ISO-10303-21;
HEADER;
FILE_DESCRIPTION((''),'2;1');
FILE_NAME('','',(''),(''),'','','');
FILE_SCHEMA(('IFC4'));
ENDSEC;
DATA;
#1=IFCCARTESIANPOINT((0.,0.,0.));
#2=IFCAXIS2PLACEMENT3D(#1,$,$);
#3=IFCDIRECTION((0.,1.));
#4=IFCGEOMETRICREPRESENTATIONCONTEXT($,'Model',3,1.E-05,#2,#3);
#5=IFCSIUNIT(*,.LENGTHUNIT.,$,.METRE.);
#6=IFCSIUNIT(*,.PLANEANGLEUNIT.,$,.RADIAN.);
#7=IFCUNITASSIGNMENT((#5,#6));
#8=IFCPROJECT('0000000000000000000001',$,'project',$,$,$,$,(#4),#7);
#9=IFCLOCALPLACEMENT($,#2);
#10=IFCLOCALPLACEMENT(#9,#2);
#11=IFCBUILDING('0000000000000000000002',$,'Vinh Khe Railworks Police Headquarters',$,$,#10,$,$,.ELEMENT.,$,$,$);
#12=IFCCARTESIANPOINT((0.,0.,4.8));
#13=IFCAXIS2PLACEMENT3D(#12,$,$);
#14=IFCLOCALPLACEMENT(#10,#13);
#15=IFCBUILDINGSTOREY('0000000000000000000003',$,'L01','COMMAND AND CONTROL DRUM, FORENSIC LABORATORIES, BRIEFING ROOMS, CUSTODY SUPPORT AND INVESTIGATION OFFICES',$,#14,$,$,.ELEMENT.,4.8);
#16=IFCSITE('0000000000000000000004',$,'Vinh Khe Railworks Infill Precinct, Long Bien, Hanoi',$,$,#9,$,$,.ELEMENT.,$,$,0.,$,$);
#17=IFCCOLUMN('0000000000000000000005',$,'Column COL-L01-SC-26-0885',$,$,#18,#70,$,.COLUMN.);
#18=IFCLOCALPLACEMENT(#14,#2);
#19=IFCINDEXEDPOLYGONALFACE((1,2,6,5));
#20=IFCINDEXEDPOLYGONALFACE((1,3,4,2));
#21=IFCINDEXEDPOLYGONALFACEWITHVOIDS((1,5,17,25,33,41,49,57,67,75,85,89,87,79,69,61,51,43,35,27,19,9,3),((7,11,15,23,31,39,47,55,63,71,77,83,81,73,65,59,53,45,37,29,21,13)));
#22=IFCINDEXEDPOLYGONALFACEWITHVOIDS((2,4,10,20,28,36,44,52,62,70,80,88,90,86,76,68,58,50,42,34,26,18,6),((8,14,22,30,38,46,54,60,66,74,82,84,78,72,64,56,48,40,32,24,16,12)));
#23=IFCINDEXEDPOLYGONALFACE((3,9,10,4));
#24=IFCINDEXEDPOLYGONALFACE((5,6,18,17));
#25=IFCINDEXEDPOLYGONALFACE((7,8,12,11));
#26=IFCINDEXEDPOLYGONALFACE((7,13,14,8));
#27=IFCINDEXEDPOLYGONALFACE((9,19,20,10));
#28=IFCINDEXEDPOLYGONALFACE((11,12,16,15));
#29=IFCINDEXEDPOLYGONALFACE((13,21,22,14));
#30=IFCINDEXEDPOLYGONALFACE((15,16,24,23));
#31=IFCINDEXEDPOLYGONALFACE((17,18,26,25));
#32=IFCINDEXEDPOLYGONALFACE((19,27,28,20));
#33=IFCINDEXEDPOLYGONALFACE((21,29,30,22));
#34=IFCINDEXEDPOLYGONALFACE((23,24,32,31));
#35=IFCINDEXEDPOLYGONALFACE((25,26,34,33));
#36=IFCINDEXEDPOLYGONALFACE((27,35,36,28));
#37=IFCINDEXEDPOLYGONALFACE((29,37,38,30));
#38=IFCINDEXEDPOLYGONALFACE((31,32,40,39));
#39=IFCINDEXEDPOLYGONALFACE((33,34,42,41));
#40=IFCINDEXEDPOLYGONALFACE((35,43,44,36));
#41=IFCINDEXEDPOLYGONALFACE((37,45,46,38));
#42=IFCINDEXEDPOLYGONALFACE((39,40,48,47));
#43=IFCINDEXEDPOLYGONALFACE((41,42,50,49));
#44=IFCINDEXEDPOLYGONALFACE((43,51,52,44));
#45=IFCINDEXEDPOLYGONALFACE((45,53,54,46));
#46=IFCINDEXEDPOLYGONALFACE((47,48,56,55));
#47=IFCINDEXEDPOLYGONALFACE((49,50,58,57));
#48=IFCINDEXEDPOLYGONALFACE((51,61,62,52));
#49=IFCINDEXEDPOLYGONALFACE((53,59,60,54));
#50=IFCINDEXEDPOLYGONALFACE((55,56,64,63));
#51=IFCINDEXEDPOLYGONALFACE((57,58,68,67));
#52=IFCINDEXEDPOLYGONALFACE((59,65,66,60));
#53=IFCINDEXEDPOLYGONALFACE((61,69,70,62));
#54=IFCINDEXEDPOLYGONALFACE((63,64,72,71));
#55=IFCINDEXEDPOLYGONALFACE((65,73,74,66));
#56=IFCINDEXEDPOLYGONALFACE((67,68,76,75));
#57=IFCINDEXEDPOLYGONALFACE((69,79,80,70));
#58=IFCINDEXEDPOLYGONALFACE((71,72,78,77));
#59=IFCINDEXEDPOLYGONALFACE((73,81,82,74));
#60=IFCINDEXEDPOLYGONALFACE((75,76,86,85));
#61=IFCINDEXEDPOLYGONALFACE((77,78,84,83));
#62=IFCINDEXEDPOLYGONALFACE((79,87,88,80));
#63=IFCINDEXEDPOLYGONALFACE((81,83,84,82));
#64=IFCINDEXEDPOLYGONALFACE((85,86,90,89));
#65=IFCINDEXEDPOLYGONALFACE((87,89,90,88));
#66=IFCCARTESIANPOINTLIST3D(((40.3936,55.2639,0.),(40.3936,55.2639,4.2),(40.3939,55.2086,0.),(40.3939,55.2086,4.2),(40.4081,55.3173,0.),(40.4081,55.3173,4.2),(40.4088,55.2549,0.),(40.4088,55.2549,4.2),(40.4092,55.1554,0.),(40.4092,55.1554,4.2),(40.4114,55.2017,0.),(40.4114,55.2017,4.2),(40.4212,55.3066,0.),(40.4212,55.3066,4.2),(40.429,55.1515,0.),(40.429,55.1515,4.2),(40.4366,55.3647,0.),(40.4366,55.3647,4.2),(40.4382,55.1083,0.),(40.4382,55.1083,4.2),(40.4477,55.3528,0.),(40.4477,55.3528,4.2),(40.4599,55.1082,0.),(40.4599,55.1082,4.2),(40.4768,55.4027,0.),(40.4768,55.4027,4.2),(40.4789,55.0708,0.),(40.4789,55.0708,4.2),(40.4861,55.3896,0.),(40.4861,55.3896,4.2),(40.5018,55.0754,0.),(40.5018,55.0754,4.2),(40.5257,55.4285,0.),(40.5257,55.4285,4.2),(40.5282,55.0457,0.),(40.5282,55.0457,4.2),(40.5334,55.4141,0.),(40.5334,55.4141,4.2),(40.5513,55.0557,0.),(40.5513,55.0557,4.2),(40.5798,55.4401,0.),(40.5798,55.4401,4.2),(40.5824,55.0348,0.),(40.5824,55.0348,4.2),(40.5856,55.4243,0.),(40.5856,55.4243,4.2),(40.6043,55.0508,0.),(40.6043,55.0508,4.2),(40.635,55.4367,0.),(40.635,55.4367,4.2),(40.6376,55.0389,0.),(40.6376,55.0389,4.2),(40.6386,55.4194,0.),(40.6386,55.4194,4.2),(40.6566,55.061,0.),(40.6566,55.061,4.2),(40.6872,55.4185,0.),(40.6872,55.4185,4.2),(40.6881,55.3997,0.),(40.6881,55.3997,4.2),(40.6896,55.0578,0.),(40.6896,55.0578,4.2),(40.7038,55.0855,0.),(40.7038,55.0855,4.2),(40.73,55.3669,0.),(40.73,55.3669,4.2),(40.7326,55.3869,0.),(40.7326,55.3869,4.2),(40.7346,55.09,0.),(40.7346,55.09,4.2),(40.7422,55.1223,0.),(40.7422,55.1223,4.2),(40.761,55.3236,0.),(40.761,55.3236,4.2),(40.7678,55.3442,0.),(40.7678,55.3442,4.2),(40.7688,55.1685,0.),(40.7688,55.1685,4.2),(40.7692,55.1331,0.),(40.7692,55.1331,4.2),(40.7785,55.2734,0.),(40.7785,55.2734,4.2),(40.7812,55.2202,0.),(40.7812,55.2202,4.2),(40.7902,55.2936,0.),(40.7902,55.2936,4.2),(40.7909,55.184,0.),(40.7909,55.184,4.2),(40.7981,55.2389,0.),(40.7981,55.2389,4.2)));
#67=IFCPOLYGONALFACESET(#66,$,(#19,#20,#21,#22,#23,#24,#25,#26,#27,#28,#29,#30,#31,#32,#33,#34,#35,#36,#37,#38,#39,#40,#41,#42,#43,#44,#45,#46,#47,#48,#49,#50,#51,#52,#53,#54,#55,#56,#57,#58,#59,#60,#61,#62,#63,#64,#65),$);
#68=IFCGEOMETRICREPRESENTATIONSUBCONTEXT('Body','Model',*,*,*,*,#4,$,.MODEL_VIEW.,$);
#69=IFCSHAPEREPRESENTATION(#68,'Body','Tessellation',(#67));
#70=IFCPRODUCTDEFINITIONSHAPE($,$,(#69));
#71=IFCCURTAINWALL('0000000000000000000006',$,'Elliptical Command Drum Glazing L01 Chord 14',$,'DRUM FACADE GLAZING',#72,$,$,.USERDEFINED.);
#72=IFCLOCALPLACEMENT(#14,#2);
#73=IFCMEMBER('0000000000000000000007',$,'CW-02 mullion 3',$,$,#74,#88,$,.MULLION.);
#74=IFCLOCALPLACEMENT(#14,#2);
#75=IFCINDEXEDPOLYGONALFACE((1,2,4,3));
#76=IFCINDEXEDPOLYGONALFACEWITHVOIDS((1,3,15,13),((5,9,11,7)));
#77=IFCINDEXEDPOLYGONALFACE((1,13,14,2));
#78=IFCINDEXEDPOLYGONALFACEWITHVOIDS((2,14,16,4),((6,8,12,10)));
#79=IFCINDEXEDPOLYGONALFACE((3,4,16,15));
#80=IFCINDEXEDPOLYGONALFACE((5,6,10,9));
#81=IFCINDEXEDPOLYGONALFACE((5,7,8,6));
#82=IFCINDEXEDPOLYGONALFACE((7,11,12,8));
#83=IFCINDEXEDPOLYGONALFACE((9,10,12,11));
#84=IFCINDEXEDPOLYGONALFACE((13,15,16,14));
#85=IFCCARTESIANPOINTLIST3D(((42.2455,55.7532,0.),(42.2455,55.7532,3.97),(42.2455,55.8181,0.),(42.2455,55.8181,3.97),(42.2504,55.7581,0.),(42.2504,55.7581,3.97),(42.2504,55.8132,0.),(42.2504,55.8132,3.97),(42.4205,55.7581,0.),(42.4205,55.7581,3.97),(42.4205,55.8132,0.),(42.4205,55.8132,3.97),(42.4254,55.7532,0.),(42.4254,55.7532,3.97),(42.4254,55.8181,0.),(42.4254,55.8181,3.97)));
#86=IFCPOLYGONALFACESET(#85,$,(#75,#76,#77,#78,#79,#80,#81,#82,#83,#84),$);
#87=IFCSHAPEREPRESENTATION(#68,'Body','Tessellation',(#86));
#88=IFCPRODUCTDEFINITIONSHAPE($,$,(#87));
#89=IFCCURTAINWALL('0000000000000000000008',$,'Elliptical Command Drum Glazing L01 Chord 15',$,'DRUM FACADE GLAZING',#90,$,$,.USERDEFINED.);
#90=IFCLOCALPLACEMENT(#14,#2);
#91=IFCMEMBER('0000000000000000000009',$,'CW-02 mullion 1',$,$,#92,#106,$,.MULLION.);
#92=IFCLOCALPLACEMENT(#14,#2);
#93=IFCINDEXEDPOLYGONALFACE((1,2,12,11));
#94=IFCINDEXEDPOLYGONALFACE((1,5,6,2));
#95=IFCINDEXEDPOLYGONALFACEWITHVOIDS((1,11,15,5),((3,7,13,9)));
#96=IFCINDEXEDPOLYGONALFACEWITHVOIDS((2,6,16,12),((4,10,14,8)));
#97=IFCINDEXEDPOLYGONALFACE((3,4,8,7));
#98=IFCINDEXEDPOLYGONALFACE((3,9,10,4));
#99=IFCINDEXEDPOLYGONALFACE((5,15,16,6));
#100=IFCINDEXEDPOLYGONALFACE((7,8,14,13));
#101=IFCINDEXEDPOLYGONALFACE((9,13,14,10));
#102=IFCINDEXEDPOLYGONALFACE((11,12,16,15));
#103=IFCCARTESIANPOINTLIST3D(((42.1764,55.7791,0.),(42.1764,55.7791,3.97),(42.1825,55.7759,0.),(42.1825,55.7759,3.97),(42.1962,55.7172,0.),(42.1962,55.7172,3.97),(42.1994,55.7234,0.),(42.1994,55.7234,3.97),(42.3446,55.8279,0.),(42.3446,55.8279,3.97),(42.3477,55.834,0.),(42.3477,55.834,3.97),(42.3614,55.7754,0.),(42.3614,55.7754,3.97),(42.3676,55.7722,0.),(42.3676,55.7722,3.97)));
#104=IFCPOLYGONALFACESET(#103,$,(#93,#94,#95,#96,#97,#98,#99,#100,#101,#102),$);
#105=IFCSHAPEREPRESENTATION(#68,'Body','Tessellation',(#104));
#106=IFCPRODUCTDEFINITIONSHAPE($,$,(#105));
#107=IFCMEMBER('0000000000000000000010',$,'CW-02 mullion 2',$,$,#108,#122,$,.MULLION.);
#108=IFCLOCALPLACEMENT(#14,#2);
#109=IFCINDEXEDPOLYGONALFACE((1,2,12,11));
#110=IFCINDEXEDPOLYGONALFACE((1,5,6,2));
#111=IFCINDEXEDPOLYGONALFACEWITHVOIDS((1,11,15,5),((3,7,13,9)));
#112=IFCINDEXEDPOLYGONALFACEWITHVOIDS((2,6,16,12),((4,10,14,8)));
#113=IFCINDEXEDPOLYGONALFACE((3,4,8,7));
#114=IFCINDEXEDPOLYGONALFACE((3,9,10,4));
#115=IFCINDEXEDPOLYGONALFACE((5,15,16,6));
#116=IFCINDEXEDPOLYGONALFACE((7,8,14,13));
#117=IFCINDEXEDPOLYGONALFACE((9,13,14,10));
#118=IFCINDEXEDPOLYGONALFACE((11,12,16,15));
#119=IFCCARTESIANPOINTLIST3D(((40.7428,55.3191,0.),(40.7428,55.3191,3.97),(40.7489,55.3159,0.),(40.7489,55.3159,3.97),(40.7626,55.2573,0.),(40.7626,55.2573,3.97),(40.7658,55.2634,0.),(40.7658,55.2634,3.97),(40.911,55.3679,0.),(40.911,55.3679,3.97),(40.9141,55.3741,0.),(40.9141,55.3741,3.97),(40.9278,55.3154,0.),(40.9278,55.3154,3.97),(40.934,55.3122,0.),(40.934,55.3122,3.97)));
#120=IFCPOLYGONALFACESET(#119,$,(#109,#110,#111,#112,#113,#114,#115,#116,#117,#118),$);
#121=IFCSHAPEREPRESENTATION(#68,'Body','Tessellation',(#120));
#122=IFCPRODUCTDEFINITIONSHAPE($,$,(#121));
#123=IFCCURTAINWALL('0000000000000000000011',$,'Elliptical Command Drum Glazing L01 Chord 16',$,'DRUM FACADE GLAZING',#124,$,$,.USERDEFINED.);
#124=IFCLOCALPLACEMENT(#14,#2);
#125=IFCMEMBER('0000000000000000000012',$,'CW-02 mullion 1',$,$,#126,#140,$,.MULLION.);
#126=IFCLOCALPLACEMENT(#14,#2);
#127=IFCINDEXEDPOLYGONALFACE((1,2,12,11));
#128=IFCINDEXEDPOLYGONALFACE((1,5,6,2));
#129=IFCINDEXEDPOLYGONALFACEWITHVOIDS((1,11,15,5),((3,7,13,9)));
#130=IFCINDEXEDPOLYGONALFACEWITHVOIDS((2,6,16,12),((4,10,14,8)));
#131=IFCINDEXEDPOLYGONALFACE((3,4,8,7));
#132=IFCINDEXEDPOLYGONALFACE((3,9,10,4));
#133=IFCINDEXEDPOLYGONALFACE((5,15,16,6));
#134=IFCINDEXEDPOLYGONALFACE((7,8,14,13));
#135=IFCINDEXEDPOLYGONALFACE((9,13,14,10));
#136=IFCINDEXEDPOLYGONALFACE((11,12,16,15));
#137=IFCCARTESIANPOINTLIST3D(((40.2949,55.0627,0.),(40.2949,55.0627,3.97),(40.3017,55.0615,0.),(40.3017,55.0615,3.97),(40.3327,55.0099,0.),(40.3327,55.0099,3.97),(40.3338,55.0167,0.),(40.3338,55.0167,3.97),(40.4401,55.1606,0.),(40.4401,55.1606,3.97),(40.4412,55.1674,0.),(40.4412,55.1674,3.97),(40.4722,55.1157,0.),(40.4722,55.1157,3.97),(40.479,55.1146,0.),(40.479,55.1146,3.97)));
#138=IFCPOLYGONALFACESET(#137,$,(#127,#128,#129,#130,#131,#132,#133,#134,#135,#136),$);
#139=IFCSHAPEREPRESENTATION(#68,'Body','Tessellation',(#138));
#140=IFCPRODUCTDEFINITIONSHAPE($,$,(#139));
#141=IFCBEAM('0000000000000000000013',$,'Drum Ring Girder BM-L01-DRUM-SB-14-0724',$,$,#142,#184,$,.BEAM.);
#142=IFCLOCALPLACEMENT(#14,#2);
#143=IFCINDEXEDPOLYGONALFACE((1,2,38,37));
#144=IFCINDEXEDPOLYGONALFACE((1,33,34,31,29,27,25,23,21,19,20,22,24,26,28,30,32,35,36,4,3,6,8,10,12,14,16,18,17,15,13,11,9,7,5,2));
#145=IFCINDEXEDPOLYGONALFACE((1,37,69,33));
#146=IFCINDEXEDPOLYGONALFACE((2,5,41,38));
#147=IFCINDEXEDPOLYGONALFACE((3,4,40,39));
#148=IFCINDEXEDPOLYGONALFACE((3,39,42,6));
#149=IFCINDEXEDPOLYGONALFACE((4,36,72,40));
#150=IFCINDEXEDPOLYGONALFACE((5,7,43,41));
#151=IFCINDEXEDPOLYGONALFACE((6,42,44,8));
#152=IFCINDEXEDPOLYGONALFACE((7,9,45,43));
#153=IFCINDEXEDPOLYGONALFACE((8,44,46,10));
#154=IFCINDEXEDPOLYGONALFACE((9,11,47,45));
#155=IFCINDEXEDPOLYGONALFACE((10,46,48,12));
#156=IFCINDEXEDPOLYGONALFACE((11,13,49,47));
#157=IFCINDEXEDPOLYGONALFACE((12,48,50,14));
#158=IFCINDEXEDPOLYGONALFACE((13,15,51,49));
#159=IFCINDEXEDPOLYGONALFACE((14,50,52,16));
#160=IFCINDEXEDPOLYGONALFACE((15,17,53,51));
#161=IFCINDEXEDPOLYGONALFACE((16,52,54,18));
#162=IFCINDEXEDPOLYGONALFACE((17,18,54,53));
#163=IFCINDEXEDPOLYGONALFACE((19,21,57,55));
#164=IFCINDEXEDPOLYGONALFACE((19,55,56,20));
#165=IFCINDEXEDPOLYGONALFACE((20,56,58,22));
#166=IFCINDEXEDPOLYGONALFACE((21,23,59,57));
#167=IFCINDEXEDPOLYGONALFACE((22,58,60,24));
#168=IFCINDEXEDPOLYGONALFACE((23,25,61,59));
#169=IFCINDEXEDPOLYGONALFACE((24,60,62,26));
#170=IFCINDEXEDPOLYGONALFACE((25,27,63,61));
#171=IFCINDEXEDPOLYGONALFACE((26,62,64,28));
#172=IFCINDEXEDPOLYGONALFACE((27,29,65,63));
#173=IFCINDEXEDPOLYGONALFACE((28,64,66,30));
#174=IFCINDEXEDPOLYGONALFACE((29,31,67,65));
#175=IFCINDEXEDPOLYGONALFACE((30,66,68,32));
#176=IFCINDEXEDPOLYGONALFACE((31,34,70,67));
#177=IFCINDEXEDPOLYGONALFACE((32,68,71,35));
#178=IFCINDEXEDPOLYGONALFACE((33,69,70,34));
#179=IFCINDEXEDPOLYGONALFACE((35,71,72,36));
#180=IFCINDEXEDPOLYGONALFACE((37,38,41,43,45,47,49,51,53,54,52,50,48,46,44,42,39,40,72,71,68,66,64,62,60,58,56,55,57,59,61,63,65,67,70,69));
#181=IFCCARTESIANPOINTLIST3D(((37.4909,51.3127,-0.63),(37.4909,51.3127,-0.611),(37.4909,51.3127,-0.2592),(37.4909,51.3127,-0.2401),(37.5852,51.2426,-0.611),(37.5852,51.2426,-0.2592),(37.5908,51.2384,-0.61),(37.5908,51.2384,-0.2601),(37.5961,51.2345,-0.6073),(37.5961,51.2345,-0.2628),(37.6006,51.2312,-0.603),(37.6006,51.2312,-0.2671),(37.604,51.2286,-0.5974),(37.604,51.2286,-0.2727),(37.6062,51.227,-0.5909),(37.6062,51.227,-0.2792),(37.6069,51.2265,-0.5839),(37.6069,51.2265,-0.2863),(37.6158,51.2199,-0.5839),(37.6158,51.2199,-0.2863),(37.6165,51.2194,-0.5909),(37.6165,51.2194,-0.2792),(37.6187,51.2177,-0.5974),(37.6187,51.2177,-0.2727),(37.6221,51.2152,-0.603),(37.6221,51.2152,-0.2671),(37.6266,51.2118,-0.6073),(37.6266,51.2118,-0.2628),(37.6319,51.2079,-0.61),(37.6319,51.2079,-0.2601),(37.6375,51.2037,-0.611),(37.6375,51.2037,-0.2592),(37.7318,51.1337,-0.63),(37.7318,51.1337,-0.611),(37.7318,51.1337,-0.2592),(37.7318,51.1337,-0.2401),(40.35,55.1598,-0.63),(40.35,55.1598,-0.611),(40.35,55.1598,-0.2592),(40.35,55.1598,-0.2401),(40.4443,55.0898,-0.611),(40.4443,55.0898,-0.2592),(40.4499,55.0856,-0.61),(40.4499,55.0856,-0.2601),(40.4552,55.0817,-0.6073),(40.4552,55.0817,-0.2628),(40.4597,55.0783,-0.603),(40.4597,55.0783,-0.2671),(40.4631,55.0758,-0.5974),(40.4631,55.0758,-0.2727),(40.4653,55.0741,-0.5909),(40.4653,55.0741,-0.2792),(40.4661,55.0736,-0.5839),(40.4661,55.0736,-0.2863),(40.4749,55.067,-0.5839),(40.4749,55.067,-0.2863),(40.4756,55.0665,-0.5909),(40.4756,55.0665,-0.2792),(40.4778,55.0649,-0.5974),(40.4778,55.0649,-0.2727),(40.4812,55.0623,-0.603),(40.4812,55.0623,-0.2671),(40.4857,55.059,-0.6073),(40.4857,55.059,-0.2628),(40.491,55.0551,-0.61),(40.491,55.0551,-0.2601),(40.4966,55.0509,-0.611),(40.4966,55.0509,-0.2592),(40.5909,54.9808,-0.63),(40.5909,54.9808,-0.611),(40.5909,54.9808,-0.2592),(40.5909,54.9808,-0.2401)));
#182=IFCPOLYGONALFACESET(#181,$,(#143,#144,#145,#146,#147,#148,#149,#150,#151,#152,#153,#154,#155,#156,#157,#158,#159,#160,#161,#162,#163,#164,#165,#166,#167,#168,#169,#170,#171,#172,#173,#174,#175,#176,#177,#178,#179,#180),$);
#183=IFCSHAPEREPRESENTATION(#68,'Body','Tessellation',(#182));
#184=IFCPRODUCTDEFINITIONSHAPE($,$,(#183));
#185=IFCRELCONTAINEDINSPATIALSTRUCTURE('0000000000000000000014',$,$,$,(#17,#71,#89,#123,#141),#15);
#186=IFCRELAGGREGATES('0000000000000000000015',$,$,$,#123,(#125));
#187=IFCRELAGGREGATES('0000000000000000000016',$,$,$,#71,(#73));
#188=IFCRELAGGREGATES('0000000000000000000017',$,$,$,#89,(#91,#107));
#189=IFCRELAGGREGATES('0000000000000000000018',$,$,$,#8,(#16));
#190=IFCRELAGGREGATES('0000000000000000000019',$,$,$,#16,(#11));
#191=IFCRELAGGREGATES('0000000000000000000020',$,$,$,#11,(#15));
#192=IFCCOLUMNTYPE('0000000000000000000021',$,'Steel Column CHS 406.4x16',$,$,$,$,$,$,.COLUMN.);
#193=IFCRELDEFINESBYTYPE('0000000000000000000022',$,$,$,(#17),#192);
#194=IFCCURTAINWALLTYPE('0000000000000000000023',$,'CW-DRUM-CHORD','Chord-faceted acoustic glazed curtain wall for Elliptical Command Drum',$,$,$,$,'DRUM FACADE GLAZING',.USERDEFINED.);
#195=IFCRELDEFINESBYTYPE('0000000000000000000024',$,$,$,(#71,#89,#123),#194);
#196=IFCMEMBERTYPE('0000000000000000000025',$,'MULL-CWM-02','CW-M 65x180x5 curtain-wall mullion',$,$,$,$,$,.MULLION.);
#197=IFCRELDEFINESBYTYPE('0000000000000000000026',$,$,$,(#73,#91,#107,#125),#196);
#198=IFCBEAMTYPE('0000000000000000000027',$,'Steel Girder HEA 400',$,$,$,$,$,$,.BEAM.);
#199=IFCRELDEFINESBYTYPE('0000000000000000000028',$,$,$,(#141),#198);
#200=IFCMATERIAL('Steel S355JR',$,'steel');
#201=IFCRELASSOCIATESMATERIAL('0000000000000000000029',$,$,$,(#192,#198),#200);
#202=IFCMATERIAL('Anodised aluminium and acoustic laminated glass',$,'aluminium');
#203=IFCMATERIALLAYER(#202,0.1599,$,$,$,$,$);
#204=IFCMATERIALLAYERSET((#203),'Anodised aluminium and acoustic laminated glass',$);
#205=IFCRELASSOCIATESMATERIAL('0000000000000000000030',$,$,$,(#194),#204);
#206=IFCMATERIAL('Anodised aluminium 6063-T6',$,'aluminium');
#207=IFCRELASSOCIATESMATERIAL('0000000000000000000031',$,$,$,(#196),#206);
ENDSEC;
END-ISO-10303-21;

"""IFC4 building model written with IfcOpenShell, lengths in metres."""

from ifc_helpers import new_model, si_unit, direction, frame, origin, origin_2d, place, context, subcontext, project, spatial, hollow_rectangle, hollow_circle, i_section, extrude, material, layer, layer_set, material_profile, profile_set, type_object, element, aggregate, save


model = new_model("IFC4")

# Units and contexts
model_context = context("Model", 3, precision=1e-05, world=origin(), true_north=direction((0.0, 1.0)))
body_context = subcontext(model_context, "Body", "Model", "MODEL_VIEW")
ifc_project = project(units=[si_unit("LENGTHUNIT", "METRE"), si_unit("PLANEANGLEUNIT", "RADIAN")], contexts=[model_context])

# Site, building, storey
site_placement = place(None, origin())
site = spatial("IfcSite", under=ifc_project, at=site_placement, Name="Vinh Khe Railworks Infill Precinct, Long Bien, Hanoi", CompositionType="ELEMENT", RefElevation=0.0)
building_placement = place(site_placement, origin())
building = spatial("IfcBuilding", under=site, at=building_placement, Name="Vinh Khe Railworks Police Headquarters", CompositionType="ELEMENT")
storey_placement = place(building_placement, frame((0.0, 0.0, 4.8)))
storey = spatial("IfcBuildingStorey", under=building, at=storey_placement, Name="L01", Description="COMMAND AND CONTROL DRUM, FORENSIC LABORATORIES, BRIEFING ROOMS, CUSTODY SUPPORT AND INVESTIGATION OFFICES", CompositionType="ELEMENT", Elevation=4.8)

# Column
ifc_material_1 = material(Name="Steel S355JR", Category="steel")
ifc_material_profile_1 = material_profile(ifc_material_1, hollow_circle(Radius=0.2031, WallThickness=0.0161, at=origin_2d()), Name="CHS 406.4x16")
ifc_profile_set_1 = profile_set([ifc_material_profile_1], Name="Steel S355JR")
column_type = type_object("IfcColumnType", Name="Steel Column CHS 406.4x16", PredefinedType="COLUMN", material=ifc_profile_set_1)
column_placement = place(storey_placement, frame((40.595, 55.2375, 0.0), z_axis=(0.0, 0.0, 1.0), x_axis=(-0.581981, 0.813202, 0.0)))
element("IfcColumn", 1, at=column_placement, inside=storey, type_object=column_type, Name="Column COL-L01-SC-26-0885", PredefinedType="COLUMN", context=body_context, shape_type="SweptSolid", body=[
    extrude(hollow_circle(Radius=0.2031, WallThickness=0.0161, at=origin_2d()), origin(), (0.0, 0.0, 1.0), 4.2),
])

# Curtain wall, member
ifc_material_2 = material(Name="Anodised aluminium and acoustic laminated glass", Category="aluminium")
ifc_layer_1 = layer(ifc_material_2, 0.1599)
ifc_layer_set_1 = layer_set([ifc_layer_1], Name="Anodised aluminium and acoustic laminated glass")
curtain_wall_type = type_object("IfcCurtainWallType", Name="CW-DRUM-CHORD", Description="Chord-faceted acoustic glazed curtain wall for Elliptical Command Drum", ElementType="DRUM FACADE GLAZING", PredefinedType="USERDEFINED", material=ifc_layer_set_1)
curtain_wall_1_placement = place(storey_placement, origin())
curtain_wall_1 = element("IfcCurtainWall", 2, at=curtain_wall_1_placement, inside=storey, type_object=curtain_wall_type, Name="Elliptical Command Drum Glazing L01 Chord 14", ObjectType="DRUM FACADE GLAZING", PredefinedType="USERDEFINED")
ifc_material_3 = material(Name="Anodised aluminium 6063-T6", Category="aluminium")
ifc_material_profile_2 = material_profile(ifc_material_3, hollow_rectangle(XDim=0.0649, YDim=0.1799, WallThickness=0.0049, at=origin_2d()), Name="CW-M 65x180x5")
ifc_profile_set_2 = profile_set([ifc_material_profile_2], Name="Anodised aluminium 6063-T6")
member_type_1 = type_object("IfcMemberType", Name="MULL-CWM-02", Description="CW-M 65x180x5 curtain-wall mullion", PredefinedType="MULLION", material=ifc_profile_set_2)
member_1_placement = place(storey_placement, frame((42.3354, 55.7856, 0.0), z_axis=(0.0, 0.0, 1.0), x_axis=(0.0, -1.0, 0.0)))
member_1 = element("IfcMember", 3, at=member_1_placement, type_object=member_type_1, Name="CW-02 mullion 3", PredefinedType="MULLION", context=body_context, shape_type="SweptSolid", body=[
    extrude(hollow_rectangle(XDim=0.0649, YDim=0.1799, WallThickness=0.0049, at=origin_2d()), origin(), (0.0, 0.0, 1.0), 3.97),
])

# Curtain wall, members
curtain_wall_2_placement = place(storey_placement, origin())
curtain_wall_2 = element("IfcCurtainWall", 4, at=curtain_wall_2_placement, inside=storey, type_object=curtain_wall_type, Name="Elliptical Command Drum Glazing L01 Chord 15", ObjectType="DRUM FACADE GLAZING", PredefinedType="USERDEFINED")
member_2_placement = place(storey_placement, frame((42.272, 55.7756, 0.0), z_axis=(0.0, 0.0, 1.0), x_axis=(0.305575, -0.952168, 0.0)))
member_2 = element("IfcMember", 5, at=member_2_placement, type_object=member_type_1, Name="CW-02 mullion 1", PredefinedType="MULLION", context=body_context, shape_type="SweptSolid", body=[
    extrude(hollow_rectangle(XDim=0.0649, YDim=0.1799, WallThickness=0.0049, at=origin_2d()), origin(), (0.0, 0.0, 1.0), 3.97),
])
member_3_placement = place(storey_placement, frame((40.8384, 55.3157, 0.0), z_axis=(0.0, 0.0, 1.0), x_axis=(0.305575, -0.952168, 0.0)))
member_3 = element("IfcMember", 6, at=member_3_placement, type_object=member_type_1, Name="CW-02 mullion 2", PredefinedType="MULLION", context=body_context, shape_type="SweptSolid", body=[
    extrude(hollow_rectangle(XDim=0.0649, YDim=0.1799, WallThickness=0.0049, at=origin_2d()), origin(), (0.0, 0.0, 1.0), 3.97),
])

# Curtain wall, member
curtain_wall_3_placement = place(storey_placement, origin())
curtain_wall_3 = element("IfcCurtainWall", 7, at=curtain_wall_3_placement, inside=storey, type_object=curtain_wall_type, Name="Elliptical Command Drum Glazing L01 Chord 16", ObjectType="DRUM FACADE GLAZING", PredefinedType="USERDEFINED")
member_4_placement = place(storey_placement, frame((40.387, 55.0886, 0.0), z_axis=(0.0, 0.0, 1.0), x_axis=(0.581917, -0.813248, 0.0)))
member_4 = element("IfcMember", 8, at=member_4_placement, type_object=member_type_1, Name="CW-02 mullion 1", PredefinedType="MULLION", context=body_context, shape_type="SweptSolid", body=[
    extrude(hollow_rectangle(XDim=0.0649, YDim=0.1799, WallThickness=0.0049, at=origin_2d()), origin(), (0.0, 0.0, 1.0), 3.97),
])
aggregate(curtain_wall_3, [member_4])

# Beam
ifc_material_profile_3 = material_profile(ifc_material_1, i_section(OverallWidth=0.3, OverallDepth=0.3899, WebThickness=0.011, FlangeThickness=0.019, FilletRadius=0.0271, at=origin_2d()), Name="HEA 400")
ifc_profile_set_3 = profile_set([ifc_material_profile_3], Name="Steel S355JR")
beam_type_1 = type_object("IfcBeamType", Name="Steel Girder HEA 400", PredefinedType="BEAM", material=ifc_profile_set_3)
beam_1_placement = place(storey_placement, frame((40.4705, 55.0703, -0.4351), z_axis=(-0.59649, -0.802621, 0.0), x_axis=(0.802621, -0.59649, 0.0)))
element("IfcBeam", 9, at=beam_1_placement, inside=storey, type_object=beam_type_1, Name="Drum Ring Girder BM-L01-DRUM-SB-14-0724", PredefinedType="BEAM", context=body_context, shape_type="SweptSolid", body=[
    extrude(i_section(OverallWidth=0.3, OverallDepth=0.3899, WebThickness=0.011, FlangeThickness=0.019, FilletRadius=0.0271, at=origin_2d()), origin(), (0.0, 0.0, 1.0), 4.7932),
])

aggregate(curtain_wall_1, [member_1])
aggregate(curtain_wall_2, [member_2, member_3])

save(model, "model.ifc")
